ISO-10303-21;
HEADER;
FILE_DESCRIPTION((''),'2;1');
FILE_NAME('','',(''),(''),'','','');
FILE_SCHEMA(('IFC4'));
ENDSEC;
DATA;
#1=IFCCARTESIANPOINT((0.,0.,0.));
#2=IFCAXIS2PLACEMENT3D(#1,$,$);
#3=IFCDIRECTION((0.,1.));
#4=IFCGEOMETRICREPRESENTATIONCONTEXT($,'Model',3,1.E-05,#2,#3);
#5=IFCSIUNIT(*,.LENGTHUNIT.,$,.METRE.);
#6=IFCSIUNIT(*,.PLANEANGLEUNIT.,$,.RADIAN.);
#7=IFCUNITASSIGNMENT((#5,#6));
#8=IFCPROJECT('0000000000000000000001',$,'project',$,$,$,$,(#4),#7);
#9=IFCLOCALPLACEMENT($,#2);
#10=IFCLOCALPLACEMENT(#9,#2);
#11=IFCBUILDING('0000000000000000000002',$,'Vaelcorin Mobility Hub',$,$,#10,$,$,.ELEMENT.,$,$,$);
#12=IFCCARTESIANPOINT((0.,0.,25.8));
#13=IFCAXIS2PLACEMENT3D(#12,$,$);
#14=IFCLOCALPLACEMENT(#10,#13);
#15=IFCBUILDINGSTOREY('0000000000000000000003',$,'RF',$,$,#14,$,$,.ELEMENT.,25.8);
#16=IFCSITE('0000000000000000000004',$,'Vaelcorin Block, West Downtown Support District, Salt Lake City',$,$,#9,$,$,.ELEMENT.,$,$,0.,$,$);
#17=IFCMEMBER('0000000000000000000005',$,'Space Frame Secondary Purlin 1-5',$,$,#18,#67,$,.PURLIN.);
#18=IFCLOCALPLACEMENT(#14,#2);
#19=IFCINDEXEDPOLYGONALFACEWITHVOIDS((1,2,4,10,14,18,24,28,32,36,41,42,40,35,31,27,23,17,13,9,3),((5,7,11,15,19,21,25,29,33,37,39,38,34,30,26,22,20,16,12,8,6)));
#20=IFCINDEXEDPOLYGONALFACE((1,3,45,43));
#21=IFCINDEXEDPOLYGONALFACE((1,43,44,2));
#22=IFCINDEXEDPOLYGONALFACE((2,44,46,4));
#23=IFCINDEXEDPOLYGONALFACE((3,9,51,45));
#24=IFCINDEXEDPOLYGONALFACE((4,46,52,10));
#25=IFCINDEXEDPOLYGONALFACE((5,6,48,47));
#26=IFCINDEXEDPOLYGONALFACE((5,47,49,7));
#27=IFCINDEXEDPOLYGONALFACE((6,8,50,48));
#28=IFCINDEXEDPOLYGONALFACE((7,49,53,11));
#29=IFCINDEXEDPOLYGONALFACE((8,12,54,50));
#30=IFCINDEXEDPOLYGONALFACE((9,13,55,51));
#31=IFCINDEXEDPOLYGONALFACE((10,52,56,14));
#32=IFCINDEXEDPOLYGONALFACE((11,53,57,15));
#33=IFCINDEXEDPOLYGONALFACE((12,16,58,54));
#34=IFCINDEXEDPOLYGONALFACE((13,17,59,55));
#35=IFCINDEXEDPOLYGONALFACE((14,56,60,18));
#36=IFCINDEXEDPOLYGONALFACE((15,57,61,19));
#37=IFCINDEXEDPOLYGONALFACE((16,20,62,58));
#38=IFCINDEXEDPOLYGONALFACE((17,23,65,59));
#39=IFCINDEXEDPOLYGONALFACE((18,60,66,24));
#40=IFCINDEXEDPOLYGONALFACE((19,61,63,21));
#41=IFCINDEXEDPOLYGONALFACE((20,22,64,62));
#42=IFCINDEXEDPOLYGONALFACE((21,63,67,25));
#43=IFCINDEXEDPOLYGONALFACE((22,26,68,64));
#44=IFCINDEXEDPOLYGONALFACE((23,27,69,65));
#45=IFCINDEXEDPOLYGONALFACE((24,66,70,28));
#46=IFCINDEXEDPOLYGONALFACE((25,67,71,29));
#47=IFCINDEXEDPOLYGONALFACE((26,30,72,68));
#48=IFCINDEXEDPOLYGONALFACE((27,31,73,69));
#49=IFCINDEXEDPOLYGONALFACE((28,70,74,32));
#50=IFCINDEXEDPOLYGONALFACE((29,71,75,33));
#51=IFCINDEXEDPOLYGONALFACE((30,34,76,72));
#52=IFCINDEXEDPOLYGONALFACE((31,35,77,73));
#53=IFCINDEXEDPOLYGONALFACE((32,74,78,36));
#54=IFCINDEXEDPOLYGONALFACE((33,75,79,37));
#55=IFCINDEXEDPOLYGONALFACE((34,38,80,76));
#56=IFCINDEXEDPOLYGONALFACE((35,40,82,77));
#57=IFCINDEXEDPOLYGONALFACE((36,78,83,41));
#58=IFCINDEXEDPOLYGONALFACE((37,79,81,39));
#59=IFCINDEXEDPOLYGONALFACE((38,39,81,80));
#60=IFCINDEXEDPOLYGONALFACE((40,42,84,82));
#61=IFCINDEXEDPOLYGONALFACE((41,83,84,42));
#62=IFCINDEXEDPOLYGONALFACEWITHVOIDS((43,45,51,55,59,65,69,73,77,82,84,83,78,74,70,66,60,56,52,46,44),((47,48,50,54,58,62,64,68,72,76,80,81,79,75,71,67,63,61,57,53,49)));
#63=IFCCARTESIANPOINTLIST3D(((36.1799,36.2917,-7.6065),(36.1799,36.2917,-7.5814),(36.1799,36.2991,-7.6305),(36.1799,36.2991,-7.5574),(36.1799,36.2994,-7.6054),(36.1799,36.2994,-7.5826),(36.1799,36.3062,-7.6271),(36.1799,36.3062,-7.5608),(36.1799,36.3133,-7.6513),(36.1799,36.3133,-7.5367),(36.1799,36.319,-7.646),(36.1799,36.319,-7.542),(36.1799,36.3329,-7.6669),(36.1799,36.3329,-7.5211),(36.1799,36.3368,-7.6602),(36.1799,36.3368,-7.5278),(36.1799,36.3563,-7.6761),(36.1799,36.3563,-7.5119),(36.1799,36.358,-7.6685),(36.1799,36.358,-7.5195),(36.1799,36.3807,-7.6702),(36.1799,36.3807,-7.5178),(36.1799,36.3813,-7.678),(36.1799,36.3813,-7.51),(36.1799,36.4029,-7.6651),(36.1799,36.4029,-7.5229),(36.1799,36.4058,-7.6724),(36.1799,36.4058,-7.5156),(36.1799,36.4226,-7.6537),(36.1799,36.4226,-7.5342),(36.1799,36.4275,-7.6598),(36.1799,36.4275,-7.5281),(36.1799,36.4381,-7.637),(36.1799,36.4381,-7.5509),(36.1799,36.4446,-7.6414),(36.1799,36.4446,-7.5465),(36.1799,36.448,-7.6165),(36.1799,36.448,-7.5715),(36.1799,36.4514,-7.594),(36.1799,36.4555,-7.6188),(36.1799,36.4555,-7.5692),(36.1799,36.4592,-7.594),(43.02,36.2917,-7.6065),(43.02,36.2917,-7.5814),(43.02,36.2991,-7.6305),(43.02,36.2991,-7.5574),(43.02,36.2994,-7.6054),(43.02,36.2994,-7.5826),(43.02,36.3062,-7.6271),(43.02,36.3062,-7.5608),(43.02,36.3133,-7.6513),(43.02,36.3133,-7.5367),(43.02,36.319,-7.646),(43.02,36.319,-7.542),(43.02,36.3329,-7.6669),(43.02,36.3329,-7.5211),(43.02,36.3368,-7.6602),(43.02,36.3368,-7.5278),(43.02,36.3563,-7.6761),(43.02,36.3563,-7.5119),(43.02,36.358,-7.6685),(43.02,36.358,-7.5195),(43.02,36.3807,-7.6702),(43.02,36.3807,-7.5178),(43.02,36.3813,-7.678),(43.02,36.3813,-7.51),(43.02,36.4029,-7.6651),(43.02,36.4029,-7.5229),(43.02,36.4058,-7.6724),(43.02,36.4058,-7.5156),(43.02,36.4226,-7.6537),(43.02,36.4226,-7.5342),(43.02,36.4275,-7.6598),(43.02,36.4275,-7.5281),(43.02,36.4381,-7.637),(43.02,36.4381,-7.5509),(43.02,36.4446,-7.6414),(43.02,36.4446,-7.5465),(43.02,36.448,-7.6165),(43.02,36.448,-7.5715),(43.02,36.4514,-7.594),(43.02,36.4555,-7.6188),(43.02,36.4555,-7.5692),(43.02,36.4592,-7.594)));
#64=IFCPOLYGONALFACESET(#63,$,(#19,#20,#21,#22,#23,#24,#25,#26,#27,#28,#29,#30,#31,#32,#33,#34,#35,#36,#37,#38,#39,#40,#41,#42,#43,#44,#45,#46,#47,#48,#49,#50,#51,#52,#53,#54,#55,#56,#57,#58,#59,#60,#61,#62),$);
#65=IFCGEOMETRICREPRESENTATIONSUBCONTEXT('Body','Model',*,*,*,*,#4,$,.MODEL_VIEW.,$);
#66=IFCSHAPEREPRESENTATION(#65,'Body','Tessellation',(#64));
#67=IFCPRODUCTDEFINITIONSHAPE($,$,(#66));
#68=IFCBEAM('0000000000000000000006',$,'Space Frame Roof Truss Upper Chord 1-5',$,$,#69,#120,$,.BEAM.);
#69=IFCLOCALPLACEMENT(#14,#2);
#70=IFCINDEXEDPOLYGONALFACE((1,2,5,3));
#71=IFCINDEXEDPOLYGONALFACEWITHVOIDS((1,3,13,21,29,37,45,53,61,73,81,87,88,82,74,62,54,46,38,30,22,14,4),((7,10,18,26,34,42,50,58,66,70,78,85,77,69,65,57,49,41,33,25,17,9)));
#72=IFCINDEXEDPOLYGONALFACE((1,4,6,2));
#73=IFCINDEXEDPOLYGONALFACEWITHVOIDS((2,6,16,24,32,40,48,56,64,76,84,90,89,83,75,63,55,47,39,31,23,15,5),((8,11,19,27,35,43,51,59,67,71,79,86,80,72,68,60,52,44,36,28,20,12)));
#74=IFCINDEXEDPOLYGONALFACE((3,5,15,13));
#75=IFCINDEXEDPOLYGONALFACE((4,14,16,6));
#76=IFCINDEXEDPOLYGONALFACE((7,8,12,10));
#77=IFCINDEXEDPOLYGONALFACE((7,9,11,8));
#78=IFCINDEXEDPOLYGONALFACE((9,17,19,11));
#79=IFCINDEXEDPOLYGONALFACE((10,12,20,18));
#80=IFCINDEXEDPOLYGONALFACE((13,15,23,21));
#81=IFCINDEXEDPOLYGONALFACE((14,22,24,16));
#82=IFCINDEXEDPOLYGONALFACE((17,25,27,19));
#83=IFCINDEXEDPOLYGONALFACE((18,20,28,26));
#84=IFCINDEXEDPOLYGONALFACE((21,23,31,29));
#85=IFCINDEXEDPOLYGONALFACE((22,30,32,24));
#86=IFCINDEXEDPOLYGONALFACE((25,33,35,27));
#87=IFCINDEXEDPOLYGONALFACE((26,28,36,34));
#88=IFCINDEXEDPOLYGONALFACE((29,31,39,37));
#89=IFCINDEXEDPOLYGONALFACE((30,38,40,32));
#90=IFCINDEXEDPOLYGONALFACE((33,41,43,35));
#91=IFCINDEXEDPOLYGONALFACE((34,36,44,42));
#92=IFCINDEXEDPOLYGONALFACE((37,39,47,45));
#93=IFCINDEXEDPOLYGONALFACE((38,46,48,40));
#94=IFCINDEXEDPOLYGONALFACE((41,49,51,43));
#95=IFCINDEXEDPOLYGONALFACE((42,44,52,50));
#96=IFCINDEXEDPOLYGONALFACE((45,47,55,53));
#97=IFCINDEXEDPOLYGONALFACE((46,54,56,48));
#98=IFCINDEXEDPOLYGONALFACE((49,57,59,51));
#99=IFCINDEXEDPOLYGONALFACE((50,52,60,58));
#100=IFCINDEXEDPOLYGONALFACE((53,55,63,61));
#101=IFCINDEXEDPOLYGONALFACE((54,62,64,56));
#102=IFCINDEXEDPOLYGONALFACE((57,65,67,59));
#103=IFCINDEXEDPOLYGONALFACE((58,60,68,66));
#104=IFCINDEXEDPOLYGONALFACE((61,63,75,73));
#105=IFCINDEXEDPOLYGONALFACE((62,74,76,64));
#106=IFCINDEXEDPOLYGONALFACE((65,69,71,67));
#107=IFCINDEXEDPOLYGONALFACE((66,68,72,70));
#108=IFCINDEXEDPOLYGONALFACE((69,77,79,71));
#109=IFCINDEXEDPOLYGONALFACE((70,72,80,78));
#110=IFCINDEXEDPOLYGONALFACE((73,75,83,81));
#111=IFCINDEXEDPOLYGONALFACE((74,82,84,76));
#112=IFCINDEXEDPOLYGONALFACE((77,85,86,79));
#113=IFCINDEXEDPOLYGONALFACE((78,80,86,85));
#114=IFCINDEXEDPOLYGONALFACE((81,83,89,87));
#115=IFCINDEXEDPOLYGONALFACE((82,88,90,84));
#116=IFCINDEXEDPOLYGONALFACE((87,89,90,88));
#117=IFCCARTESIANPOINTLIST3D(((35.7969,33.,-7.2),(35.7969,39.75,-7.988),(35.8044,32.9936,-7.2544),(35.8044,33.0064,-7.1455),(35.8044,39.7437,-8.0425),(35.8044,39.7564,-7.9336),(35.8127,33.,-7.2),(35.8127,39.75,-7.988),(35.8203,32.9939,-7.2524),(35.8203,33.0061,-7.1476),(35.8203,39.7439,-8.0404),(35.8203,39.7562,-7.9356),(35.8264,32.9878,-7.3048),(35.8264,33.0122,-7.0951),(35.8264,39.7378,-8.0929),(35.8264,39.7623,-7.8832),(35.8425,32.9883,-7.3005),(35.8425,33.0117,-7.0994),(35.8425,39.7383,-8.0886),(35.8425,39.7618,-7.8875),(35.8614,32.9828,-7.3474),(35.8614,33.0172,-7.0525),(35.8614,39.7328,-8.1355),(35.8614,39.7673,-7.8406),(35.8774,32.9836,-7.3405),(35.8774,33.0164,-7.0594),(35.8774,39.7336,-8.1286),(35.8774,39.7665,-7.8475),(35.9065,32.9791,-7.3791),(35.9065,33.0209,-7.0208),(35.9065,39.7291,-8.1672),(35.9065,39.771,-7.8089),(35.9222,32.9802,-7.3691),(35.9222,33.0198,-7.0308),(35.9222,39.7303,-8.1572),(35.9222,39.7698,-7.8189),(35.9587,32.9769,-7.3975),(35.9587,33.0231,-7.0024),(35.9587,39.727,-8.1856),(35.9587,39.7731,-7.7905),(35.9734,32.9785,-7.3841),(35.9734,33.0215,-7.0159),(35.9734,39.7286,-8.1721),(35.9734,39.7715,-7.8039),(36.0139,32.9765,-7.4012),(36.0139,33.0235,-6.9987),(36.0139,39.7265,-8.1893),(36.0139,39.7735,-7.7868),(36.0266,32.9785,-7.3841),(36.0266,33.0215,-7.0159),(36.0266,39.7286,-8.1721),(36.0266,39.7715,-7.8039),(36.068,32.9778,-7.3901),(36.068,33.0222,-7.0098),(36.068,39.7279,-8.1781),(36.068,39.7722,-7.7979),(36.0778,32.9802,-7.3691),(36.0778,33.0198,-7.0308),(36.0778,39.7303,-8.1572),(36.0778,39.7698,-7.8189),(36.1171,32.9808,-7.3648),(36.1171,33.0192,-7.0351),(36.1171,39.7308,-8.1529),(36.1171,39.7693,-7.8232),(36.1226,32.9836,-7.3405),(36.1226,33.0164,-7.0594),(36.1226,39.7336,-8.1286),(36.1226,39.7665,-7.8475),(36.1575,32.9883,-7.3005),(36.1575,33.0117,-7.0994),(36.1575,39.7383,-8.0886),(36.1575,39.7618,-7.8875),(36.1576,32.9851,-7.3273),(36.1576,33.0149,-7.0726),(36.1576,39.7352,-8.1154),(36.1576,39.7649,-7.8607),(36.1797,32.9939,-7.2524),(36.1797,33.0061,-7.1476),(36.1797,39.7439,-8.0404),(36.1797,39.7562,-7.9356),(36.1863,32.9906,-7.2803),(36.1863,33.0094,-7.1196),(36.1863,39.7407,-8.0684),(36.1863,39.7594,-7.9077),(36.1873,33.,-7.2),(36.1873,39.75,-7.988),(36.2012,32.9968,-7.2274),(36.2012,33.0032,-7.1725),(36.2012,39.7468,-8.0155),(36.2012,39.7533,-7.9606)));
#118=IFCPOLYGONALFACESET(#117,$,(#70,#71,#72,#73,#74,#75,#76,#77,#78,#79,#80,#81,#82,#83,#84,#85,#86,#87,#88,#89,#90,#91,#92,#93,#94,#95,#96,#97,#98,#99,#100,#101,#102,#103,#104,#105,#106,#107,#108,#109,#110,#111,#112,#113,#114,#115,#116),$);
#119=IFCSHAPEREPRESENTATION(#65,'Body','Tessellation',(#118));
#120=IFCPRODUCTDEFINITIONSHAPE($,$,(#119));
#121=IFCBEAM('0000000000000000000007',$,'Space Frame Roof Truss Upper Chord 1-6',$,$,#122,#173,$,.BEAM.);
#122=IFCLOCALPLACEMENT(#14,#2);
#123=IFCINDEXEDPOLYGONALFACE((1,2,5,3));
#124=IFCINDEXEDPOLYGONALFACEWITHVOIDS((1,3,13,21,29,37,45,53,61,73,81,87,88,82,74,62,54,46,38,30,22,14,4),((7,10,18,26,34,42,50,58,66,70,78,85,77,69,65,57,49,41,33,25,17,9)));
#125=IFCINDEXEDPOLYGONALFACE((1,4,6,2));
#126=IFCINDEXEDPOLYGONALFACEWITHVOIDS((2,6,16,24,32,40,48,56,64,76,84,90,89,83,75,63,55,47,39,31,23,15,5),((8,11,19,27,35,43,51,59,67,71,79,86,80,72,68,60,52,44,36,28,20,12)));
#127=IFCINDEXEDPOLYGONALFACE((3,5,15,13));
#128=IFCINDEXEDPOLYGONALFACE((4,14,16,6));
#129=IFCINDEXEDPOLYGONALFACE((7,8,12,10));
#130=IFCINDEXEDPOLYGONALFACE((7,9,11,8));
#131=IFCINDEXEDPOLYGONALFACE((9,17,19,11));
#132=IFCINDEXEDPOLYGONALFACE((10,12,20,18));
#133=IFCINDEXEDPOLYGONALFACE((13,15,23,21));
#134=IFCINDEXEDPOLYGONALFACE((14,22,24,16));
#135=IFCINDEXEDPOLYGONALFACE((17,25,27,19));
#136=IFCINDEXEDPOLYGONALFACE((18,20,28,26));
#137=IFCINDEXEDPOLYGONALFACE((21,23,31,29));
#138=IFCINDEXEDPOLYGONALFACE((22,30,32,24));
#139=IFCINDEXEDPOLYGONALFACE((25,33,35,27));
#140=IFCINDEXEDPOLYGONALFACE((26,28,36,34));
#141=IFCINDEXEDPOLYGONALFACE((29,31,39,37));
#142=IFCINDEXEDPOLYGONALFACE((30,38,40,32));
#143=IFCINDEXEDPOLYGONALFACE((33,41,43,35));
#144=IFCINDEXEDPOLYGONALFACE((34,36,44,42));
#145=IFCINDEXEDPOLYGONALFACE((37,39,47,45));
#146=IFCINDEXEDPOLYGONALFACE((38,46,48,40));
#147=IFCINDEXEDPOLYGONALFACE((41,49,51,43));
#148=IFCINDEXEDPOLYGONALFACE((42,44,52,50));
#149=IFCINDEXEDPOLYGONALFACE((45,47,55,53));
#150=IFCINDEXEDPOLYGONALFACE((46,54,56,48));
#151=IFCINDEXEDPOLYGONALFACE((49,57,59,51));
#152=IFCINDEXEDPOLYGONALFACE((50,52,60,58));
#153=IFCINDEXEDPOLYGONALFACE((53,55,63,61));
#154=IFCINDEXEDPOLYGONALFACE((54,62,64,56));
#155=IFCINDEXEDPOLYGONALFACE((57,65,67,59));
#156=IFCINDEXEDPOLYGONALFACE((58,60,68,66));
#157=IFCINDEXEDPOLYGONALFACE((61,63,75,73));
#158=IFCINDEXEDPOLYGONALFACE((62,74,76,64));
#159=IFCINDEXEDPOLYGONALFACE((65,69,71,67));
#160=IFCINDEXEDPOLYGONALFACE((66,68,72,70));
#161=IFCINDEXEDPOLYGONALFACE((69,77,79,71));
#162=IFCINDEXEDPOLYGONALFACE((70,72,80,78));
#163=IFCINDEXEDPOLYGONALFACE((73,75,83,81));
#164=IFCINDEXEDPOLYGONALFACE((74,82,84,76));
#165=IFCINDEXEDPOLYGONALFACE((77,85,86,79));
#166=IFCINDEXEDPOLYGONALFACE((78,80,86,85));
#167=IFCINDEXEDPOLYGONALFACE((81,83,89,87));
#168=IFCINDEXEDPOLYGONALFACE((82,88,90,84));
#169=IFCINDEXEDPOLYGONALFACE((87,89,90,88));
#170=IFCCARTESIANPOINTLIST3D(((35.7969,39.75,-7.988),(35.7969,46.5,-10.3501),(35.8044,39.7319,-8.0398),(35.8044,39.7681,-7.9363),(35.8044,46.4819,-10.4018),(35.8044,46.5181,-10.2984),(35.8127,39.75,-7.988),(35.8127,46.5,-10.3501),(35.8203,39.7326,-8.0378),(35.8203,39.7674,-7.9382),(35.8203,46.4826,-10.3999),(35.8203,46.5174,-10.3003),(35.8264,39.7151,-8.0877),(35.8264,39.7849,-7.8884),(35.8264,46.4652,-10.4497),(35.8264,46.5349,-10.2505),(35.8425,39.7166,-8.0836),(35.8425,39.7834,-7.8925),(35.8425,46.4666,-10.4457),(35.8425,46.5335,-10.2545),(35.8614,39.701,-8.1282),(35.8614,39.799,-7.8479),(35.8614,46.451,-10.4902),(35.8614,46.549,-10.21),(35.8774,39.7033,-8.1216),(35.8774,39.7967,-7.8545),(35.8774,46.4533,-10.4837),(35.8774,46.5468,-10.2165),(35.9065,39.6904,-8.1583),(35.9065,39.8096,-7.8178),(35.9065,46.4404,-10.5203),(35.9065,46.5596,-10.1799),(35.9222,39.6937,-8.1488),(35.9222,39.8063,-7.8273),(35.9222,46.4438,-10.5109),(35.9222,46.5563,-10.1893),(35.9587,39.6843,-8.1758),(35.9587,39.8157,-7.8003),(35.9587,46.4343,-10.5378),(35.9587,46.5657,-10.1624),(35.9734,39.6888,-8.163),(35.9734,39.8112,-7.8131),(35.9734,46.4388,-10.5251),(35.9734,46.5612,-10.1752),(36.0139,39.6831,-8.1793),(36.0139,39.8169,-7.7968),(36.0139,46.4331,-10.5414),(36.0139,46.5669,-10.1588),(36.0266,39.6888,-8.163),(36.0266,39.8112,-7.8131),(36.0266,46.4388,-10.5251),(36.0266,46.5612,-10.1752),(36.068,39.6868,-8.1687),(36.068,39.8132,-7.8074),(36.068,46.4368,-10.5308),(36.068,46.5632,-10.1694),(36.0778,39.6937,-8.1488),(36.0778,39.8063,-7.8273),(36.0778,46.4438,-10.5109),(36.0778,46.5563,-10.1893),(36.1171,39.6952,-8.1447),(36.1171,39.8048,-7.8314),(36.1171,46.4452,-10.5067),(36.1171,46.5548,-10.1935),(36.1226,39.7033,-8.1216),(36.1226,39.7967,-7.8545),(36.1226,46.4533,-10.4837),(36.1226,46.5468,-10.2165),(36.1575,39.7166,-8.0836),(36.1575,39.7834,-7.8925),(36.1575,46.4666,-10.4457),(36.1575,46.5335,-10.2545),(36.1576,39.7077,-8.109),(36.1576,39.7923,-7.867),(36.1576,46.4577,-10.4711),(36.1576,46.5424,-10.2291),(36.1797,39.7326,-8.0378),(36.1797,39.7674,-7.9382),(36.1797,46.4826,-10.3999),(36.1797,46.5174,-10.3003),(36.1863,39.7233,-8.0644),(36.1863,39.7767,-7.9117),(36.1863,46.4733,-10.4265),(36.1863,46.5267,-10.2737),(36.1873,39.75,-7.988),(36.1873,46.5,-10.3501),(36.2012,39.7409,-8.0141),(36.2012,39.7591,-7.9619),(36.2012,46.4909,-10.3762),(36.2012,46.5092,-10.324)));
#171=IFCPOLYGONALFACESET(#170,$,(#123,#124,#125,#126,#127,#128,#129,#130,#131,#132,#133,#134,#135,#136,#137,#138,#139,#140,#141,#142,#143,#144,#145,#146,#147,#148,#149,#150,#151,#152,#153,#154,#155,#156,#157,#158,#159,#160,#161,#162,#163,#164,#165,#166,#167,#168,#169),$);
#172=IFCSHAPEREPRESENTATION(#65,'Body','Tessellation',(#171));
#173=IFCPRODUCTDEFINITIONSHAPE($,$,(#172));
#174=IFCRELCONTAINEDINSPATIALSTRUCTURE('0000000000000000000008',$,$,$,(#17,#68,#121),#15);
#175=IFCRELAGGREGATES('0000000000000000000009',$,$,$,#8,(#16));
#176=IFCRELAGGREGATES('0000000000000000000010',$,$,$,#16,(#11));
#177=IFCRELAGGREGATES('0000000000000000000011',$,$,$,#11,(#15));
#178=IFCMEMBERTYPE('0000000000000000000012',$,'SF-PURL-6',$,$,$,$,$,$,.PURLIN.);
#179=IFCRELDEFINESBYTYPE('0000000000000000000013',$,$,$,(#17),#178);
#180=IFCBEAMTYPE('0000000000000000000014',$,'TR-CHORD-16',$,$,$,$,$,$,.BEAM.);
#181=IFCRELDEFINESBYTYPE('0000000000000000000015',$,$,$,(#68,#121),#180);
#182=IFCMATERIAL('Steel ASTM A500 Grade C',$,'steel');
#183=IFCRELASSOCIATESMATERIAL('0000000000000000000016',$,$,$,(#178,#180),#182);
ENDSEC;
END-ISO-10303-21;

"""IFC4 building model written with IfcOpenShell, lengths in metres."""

from ifc_helpers import new_model, si_unit, direction, frame, origin, origin_2d, place, context, subcontext, project, spatial, hollow_circle, extrude, material, material_profile, profile_set, type_object, element, save


model = new_model("IFC4")

# Units and contexts
model_context = context("Model", 3, precision=1e-05, world=origin(), true_north=direction((0.0, 1.0)))
body_context = subcontext(model_context, "Body", "Model", "MODEL_VIEW")
ifc_project = project(units=[si_unit("LENGTHUNIT", "METRE"), si_unit("PLANEANGLEUNIT", "RADIAN")], contexts=[model_context])

# Site, building, storey
site_placement = place(None, origin())
site = spatial("IfcSite", under=ifc_project, at=site_placement, Name="Vaelcorin Block, West Downtown Support District, Salt Lake City", CompositionType="ELEMENT", RefElevation=0.0)
building_placement = place(site_placement, origin())
building = spatial("IfcBuilding", under=site, at=building_placement, Name="Vaelcorin Mobility Hub", CompositionType="ELEMENT")
storey_placement = place(building_placement, frame((0.0, 0.0, 25.8)))
storey = spatial("IfcBuildingStorey", under=building, at=storey_placement, Name="RF", CompositionType="ELEMENT", Elevation=25.8)

# Member
ifc_material_1 = material(Name="Steel ASTM A500 Grade C", Category="steel")
ifc_material_profile_1 = material_profile(ifc_material_1, hollow_circle(Radius=0.0842, WallThickness=0.0078, at=origin_2d()), Name="HSS6.625X0.312")
ifc_profile_set_1 = profile_set([ifc_material_profile_1], Name="Steel ASTM A500 Grade C")
member_type_1 = type_object("IfcMemberType", Name="SF-PURL-6", PredefinedType="PURLIN", material=ifc_profile_set_1)
member_1_placement = place(storey_placement, frame((36.1799, 36.375, -7.594), z_axis=(1.0, 0.0, 0.0), x_axis=(0.0, 1.0, 0.0)))
element("IfcMember", 1, at=member_1_placement, inside=storey, type_object=member_type_1, Name="Space Frame Secondary Purlin 1-5", PredefinedType="PURLIN", context=body_context, shape_type="SweptSolid", body=[
    extrude(hollow_circle(Radius=0.0842, WallThickness=0.0078, at=origin_2d()), origin(), (0.0, 0.0, 1.0), 6.8401),
])

# Beams
ifc_material_profile_2 = material_profile(ifc_material_1, hollow_circle(Radius=0.2031, WallThickness=0.0159, at=origin_2d()), Name="HSS16.000X0.625")
ifc_profile_set_2 = profile_set([ifc_material_profile_2], Name="Steel ASTM A500 Grade C")
beam_type = type_object("IfcBeamType", Name="TR-CHORD-16", PredefinedType="BEAM", material=ifc_profile_set_2)
beam_1_placement = place(storey_placement, frame((36.0, 33.0, -7.2), z_axis=(0.0, 0.993253, -0.115966), x_axis=(-1.0, 0.0, 0.0)))
element("IfcBeam", 2, at=beam_1_placement, inside=storey, type_object=beam_type, Name="Space Frame Roof Truss Upper Chord 1-5", PredefinedType="BEAM", context=body_context, shape_type="SweptSolid", body=[
    extrude(hollow_circle(Radius=0.2031, WallThickness=0.0159, at=origin_2d()), origin(), (0.0, 0.0, 1.0), 6.7959),
])
beam_2_placement = place(storey_placement, frame((36.0, 39.75, -7.988), z_axis=(0.0, 0.943878, -0.330296), x_axis=(-1.0, 0.0, 0.0)))
element("IfcBeam", 3, at=beam_2_placement, inside=storey, type_object=beam_type, Name="Space Frame Roof Truss Upper Chord 1-6", PredefinedType="BEAM", context=body_context, shape_type="SweptSolid", body=[
    extrude(hollow_circle(Radius=0.2031, WallThickness=0.0159, at=origin_2d()), origin(), (0.0, 0.0, 1.0), 7.1514),
])

save(model, "model.ifc")
